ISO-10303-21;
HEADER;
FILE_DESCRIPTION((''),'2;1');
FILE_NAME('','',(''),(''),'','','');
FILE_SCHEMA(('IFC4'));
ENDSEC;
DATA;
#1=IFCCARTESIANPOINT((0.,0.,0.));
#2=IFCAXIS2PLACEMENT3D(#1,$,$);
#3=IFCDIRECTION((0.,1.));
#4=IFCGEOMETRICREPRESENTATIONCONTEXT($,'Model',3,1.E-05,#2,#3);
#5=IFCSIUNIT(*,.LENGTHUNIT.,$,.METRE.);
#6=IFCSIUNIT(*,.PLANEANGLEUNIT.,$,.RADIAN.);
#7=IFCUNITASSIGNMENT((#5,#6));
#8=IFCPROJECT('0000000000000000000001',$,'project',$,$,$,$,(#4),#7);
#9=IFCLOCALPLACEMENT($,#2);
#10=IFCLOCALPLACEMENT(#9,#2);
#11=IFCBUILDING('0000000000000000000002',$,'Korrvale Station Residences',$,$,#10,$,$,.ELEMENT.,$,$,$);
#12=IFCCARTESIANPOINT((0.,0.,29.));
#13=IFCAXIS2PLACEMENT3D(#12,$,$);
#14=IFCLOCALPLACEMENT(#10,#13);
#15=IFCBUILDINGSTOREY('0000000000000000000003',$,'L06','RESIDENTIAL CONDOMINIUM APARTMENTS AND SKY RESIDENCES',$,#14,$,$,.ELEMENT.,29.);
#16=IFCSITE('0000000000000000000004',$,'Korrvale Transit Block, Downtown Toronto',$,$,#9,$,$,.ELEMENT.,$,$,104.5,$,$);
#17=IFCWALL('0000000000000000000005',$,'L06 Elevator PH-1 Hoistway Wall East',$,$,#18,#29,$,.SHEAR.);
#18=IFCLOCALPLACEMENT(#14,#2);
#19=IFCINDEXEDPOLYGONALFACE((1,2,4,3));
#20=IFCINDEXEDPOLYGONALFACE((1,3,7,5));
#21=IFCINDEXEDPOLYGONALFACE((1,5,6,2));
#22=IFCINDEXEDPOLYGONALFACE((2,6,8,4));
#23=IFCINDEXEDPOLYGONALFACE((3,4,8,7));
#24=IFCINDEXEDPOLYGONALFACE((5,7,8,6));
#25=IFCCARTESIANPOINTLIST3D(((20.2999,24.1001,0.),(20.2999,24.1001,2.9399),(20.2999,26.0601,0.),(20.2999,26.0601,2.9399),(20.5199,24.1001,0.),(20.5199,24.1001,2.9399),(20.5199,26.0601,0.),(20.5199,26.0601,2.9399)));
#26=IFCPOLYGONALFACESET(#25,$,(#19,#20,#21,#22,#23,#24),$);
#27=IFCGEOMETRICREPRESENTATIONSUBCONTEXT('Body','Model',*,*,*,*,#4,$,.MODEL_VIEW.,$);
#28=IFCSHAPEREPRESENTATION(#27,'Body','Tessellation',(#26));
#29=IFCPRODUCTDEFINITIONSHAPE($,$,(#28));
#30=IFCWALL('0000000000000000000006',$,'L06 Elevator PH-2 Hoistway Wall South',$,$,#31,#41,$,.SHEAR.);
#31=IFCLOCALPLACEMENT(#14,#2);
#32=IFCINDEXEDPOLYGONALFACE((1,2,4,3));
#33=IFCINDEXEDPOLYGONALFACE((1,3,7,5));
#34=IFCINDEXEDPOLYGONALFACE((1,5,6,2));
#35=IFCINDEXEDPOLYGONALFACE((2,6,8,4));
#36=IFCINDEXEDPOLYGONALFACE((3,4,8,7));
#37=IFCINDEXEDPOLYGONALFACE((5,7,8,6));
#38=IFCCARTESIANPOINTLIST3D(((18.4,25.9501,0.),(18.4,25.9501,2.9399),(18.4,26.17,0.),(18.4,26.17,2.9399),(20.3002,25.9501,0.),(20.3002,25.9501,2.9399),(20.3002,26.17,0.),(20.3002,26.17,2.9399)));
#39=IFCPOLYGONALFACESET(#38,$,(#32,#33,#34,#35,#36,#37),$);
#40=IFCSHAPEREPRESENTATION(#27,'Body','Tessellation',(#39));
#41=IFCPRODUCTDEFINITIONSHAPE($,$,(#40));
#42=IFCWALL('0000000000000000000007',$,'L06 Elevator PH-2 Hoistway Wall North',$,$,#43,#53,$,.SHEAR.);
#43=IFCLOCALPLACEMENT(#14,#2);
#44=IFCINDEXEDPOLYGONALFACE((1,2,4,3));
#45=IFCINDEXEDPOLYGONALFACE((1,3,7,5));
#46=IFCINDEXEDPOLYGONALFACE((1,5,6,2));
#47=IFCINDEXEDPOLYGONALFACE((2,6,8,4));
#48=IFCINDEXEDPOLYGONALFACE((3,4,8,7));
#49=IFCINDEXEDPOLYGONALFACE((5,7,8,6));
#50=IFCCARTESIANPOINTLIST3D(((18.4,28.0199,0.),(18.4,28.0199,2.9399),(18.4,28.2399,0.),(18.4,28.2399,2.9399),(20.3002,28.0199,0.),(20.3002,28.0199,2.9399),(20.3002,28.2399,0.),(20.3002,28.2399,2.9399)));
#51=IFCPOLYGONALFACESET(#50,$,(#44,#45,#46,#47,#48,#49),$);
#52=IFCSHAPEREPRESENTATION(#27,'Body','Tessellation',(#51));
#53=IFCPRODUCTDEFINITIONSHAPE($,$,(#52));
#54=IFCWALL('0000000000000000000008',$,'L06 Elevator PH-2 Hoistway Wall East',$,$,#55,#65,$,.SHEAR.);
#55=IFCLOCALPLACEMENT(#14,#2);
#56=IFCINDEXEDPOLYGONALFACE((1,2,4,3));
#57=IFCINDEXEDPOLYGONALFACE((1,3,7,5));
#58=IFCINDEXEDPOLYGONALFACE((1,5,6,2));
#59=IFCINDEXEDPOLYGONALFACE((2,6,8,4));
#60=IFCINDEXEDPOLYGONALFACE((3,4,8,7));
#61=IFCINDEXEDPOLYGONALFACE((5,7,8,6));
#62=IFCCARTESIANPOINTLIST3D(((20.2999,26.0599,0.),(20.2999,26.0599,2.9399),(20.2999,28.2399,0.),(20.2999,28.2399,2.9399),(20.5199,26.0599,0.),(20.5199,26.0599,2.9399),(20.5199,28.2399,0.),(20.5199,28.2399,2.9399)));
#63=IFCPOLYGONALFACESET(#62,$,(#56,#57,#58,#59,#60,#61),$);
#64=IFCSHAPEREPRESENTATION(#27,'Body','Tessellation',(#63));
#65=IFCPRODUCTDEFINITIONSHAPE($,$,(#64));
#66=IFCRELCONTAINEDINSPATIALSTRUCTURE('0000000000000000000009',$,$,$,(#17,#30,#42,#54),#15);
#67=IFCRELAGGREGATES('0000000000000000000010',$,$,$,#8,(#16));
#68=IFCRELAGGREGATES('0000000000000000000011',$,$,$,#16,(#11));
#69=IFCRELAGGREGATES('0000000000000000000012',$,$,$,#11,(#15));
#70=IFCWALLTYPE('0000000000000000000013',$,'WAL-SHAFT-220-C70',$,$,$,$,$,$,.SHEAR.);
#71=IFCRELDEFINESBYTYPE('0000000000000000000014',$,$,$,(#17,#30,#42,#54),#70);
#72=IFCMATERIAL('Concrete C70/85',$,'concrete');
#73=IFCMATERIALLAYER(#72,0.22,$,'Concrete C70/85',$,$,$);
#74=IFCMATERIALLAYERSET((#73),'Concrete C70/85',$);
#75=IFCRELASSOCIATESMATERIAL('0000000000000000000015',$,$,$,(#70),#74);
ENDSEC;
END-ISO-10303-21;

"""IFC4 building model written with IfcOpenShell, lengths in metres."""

from ifc_helpers import new_model, si_unit, direction, frame, frame_2d, origin, place, context, subcontext, project, spatial, rectangle, extrude, material, layer, layer_set, type_object, element, save


model = new_model("IFC4")

# Units and contexts
model_context = context("Model", 3, precision=1e-05, world=origin(), true_north=direction((0.0, 1.0)))
body_context = subcontext(model_context, "Body", "Model", "MODEL_VIEW")
ifc_project = project(units=[si_unit("LENGTHUNIT", "METRE"), si_unit("PLANEANGLEUNIT", "RADIAN")], contexts=[model_context])

# Site, building, storey
site_placement = place(None, origin())
site = spatial("IfcSite", under=ifc_project, at=site_placement, Name="Korrvale Transit Block, Downtown Toronto", CompositionType="ELEMENT", RefElevation=104.5)
building_placement = place(site_placement, origin())
building = spatial("IfcBuilding", under=site, at=building_placement, Name="Korrvale Station Residences", CompositionType="ELEMENT")
storey_placement = place(building_placement, frame((0.0, 0.0, 29.0)))
storey = spatial("IfcBuildingStorey", under=building, at=storey_placement, Name="L06", Description="RESIDENTIAL CONDOMINIUM APARTMENTS AND SKY RESIDENCES", CompositionType="ELEMENT", Elevation=29.0)

# Shared definitions
ifc_material_1 = material(Name="Concrete C70/85", Category="concrete")

# Shared definitions
ifc_layer_1 = layer(ifc_material_1, 0.22, Name="Concrete C70/85")
ifc_layer_set_1 = layer_set([ifc_layer_1], Name="Concrete C70/85")
wall_type_1 = type_object("IfcWallType", Name="WAL-SHAFT-220-C70", PredefinedType="SHEAR", material=ifc_layer_set_1)

# Walls
wall_1_placement = place(storey_placement, frame((20.4099, 24.1001, 0.0), z_axis=(0.0, 0.0, 1.0), x_axis=(0.0, 1.0, 0.0)))
element("IfcWall", 1, at=wall_1_placement, inside=storey, type_object=wall_type_1, Name="L06 Elevator PH-1 Hoistway Wall East", PredefinedType="SHEAR", context=body_context, shape_type="SweptSolid", body=[
    extrude(rectangle(XDim=1.96, YDim=0.22, at=frame_2d((0.98, 0.0))), origin(), (0.0, 0.0, 1.0), 2.9399),
])
for number, where, z_axis, x_axis, name in (
    (2, (18.3999, 26.0601, 0.0), (0.0, 0.0, 1.0), (1.0, 0.0, 0.0), "L06 Elevator PH-2 Hoistway Wall South"),
    (3, (18.3999, 28.1299, 0.0), (0.0, 0.0, 1.0), (1.0, 0.0, 0.0), "L06 Elevator PH-2 Hoistway Wall North"),
):
    element("IfcWall", number, at=place(storey_placement, frame(where, z_axis=z_axis, x_axis=x_axis)), inside=storey, type_object=wall_type_1, Name=name, PredefinedType="SHEAR", context=body_context, shape_type="SweptSolid", body=[
        extrude(rectangle(XDim=1.9001, YDim=0.22, at=frame_2d((0.9502, 0.0))), origin(), (0.0, 0.0, 1.0), 2.9399),
    ])
wall_2_placement = place(storey_placement, frame((20.4099, 26.0601, 0.0), z_axis=(0.0, 0.0, 1.0), x_axis=(0.0, 1.0, 0.0)))
element("IfcWall", 4, at=wall_2_placement, inside=storey, type_object=wall_type_1, Name="L06 Elevator PH-2 Hoistway Wall East", PredefinedType="SHEAR", context=body_context, shape_type="SweptSolid", body=[
    extrude(rectangle(XDim=2.1799, YDim=0.22, at=frame_2d((1.0898, 0.0))), origin(), (0.0, 0.0, 1.0), 2.9399),
])

save(model, "model.ifc")
